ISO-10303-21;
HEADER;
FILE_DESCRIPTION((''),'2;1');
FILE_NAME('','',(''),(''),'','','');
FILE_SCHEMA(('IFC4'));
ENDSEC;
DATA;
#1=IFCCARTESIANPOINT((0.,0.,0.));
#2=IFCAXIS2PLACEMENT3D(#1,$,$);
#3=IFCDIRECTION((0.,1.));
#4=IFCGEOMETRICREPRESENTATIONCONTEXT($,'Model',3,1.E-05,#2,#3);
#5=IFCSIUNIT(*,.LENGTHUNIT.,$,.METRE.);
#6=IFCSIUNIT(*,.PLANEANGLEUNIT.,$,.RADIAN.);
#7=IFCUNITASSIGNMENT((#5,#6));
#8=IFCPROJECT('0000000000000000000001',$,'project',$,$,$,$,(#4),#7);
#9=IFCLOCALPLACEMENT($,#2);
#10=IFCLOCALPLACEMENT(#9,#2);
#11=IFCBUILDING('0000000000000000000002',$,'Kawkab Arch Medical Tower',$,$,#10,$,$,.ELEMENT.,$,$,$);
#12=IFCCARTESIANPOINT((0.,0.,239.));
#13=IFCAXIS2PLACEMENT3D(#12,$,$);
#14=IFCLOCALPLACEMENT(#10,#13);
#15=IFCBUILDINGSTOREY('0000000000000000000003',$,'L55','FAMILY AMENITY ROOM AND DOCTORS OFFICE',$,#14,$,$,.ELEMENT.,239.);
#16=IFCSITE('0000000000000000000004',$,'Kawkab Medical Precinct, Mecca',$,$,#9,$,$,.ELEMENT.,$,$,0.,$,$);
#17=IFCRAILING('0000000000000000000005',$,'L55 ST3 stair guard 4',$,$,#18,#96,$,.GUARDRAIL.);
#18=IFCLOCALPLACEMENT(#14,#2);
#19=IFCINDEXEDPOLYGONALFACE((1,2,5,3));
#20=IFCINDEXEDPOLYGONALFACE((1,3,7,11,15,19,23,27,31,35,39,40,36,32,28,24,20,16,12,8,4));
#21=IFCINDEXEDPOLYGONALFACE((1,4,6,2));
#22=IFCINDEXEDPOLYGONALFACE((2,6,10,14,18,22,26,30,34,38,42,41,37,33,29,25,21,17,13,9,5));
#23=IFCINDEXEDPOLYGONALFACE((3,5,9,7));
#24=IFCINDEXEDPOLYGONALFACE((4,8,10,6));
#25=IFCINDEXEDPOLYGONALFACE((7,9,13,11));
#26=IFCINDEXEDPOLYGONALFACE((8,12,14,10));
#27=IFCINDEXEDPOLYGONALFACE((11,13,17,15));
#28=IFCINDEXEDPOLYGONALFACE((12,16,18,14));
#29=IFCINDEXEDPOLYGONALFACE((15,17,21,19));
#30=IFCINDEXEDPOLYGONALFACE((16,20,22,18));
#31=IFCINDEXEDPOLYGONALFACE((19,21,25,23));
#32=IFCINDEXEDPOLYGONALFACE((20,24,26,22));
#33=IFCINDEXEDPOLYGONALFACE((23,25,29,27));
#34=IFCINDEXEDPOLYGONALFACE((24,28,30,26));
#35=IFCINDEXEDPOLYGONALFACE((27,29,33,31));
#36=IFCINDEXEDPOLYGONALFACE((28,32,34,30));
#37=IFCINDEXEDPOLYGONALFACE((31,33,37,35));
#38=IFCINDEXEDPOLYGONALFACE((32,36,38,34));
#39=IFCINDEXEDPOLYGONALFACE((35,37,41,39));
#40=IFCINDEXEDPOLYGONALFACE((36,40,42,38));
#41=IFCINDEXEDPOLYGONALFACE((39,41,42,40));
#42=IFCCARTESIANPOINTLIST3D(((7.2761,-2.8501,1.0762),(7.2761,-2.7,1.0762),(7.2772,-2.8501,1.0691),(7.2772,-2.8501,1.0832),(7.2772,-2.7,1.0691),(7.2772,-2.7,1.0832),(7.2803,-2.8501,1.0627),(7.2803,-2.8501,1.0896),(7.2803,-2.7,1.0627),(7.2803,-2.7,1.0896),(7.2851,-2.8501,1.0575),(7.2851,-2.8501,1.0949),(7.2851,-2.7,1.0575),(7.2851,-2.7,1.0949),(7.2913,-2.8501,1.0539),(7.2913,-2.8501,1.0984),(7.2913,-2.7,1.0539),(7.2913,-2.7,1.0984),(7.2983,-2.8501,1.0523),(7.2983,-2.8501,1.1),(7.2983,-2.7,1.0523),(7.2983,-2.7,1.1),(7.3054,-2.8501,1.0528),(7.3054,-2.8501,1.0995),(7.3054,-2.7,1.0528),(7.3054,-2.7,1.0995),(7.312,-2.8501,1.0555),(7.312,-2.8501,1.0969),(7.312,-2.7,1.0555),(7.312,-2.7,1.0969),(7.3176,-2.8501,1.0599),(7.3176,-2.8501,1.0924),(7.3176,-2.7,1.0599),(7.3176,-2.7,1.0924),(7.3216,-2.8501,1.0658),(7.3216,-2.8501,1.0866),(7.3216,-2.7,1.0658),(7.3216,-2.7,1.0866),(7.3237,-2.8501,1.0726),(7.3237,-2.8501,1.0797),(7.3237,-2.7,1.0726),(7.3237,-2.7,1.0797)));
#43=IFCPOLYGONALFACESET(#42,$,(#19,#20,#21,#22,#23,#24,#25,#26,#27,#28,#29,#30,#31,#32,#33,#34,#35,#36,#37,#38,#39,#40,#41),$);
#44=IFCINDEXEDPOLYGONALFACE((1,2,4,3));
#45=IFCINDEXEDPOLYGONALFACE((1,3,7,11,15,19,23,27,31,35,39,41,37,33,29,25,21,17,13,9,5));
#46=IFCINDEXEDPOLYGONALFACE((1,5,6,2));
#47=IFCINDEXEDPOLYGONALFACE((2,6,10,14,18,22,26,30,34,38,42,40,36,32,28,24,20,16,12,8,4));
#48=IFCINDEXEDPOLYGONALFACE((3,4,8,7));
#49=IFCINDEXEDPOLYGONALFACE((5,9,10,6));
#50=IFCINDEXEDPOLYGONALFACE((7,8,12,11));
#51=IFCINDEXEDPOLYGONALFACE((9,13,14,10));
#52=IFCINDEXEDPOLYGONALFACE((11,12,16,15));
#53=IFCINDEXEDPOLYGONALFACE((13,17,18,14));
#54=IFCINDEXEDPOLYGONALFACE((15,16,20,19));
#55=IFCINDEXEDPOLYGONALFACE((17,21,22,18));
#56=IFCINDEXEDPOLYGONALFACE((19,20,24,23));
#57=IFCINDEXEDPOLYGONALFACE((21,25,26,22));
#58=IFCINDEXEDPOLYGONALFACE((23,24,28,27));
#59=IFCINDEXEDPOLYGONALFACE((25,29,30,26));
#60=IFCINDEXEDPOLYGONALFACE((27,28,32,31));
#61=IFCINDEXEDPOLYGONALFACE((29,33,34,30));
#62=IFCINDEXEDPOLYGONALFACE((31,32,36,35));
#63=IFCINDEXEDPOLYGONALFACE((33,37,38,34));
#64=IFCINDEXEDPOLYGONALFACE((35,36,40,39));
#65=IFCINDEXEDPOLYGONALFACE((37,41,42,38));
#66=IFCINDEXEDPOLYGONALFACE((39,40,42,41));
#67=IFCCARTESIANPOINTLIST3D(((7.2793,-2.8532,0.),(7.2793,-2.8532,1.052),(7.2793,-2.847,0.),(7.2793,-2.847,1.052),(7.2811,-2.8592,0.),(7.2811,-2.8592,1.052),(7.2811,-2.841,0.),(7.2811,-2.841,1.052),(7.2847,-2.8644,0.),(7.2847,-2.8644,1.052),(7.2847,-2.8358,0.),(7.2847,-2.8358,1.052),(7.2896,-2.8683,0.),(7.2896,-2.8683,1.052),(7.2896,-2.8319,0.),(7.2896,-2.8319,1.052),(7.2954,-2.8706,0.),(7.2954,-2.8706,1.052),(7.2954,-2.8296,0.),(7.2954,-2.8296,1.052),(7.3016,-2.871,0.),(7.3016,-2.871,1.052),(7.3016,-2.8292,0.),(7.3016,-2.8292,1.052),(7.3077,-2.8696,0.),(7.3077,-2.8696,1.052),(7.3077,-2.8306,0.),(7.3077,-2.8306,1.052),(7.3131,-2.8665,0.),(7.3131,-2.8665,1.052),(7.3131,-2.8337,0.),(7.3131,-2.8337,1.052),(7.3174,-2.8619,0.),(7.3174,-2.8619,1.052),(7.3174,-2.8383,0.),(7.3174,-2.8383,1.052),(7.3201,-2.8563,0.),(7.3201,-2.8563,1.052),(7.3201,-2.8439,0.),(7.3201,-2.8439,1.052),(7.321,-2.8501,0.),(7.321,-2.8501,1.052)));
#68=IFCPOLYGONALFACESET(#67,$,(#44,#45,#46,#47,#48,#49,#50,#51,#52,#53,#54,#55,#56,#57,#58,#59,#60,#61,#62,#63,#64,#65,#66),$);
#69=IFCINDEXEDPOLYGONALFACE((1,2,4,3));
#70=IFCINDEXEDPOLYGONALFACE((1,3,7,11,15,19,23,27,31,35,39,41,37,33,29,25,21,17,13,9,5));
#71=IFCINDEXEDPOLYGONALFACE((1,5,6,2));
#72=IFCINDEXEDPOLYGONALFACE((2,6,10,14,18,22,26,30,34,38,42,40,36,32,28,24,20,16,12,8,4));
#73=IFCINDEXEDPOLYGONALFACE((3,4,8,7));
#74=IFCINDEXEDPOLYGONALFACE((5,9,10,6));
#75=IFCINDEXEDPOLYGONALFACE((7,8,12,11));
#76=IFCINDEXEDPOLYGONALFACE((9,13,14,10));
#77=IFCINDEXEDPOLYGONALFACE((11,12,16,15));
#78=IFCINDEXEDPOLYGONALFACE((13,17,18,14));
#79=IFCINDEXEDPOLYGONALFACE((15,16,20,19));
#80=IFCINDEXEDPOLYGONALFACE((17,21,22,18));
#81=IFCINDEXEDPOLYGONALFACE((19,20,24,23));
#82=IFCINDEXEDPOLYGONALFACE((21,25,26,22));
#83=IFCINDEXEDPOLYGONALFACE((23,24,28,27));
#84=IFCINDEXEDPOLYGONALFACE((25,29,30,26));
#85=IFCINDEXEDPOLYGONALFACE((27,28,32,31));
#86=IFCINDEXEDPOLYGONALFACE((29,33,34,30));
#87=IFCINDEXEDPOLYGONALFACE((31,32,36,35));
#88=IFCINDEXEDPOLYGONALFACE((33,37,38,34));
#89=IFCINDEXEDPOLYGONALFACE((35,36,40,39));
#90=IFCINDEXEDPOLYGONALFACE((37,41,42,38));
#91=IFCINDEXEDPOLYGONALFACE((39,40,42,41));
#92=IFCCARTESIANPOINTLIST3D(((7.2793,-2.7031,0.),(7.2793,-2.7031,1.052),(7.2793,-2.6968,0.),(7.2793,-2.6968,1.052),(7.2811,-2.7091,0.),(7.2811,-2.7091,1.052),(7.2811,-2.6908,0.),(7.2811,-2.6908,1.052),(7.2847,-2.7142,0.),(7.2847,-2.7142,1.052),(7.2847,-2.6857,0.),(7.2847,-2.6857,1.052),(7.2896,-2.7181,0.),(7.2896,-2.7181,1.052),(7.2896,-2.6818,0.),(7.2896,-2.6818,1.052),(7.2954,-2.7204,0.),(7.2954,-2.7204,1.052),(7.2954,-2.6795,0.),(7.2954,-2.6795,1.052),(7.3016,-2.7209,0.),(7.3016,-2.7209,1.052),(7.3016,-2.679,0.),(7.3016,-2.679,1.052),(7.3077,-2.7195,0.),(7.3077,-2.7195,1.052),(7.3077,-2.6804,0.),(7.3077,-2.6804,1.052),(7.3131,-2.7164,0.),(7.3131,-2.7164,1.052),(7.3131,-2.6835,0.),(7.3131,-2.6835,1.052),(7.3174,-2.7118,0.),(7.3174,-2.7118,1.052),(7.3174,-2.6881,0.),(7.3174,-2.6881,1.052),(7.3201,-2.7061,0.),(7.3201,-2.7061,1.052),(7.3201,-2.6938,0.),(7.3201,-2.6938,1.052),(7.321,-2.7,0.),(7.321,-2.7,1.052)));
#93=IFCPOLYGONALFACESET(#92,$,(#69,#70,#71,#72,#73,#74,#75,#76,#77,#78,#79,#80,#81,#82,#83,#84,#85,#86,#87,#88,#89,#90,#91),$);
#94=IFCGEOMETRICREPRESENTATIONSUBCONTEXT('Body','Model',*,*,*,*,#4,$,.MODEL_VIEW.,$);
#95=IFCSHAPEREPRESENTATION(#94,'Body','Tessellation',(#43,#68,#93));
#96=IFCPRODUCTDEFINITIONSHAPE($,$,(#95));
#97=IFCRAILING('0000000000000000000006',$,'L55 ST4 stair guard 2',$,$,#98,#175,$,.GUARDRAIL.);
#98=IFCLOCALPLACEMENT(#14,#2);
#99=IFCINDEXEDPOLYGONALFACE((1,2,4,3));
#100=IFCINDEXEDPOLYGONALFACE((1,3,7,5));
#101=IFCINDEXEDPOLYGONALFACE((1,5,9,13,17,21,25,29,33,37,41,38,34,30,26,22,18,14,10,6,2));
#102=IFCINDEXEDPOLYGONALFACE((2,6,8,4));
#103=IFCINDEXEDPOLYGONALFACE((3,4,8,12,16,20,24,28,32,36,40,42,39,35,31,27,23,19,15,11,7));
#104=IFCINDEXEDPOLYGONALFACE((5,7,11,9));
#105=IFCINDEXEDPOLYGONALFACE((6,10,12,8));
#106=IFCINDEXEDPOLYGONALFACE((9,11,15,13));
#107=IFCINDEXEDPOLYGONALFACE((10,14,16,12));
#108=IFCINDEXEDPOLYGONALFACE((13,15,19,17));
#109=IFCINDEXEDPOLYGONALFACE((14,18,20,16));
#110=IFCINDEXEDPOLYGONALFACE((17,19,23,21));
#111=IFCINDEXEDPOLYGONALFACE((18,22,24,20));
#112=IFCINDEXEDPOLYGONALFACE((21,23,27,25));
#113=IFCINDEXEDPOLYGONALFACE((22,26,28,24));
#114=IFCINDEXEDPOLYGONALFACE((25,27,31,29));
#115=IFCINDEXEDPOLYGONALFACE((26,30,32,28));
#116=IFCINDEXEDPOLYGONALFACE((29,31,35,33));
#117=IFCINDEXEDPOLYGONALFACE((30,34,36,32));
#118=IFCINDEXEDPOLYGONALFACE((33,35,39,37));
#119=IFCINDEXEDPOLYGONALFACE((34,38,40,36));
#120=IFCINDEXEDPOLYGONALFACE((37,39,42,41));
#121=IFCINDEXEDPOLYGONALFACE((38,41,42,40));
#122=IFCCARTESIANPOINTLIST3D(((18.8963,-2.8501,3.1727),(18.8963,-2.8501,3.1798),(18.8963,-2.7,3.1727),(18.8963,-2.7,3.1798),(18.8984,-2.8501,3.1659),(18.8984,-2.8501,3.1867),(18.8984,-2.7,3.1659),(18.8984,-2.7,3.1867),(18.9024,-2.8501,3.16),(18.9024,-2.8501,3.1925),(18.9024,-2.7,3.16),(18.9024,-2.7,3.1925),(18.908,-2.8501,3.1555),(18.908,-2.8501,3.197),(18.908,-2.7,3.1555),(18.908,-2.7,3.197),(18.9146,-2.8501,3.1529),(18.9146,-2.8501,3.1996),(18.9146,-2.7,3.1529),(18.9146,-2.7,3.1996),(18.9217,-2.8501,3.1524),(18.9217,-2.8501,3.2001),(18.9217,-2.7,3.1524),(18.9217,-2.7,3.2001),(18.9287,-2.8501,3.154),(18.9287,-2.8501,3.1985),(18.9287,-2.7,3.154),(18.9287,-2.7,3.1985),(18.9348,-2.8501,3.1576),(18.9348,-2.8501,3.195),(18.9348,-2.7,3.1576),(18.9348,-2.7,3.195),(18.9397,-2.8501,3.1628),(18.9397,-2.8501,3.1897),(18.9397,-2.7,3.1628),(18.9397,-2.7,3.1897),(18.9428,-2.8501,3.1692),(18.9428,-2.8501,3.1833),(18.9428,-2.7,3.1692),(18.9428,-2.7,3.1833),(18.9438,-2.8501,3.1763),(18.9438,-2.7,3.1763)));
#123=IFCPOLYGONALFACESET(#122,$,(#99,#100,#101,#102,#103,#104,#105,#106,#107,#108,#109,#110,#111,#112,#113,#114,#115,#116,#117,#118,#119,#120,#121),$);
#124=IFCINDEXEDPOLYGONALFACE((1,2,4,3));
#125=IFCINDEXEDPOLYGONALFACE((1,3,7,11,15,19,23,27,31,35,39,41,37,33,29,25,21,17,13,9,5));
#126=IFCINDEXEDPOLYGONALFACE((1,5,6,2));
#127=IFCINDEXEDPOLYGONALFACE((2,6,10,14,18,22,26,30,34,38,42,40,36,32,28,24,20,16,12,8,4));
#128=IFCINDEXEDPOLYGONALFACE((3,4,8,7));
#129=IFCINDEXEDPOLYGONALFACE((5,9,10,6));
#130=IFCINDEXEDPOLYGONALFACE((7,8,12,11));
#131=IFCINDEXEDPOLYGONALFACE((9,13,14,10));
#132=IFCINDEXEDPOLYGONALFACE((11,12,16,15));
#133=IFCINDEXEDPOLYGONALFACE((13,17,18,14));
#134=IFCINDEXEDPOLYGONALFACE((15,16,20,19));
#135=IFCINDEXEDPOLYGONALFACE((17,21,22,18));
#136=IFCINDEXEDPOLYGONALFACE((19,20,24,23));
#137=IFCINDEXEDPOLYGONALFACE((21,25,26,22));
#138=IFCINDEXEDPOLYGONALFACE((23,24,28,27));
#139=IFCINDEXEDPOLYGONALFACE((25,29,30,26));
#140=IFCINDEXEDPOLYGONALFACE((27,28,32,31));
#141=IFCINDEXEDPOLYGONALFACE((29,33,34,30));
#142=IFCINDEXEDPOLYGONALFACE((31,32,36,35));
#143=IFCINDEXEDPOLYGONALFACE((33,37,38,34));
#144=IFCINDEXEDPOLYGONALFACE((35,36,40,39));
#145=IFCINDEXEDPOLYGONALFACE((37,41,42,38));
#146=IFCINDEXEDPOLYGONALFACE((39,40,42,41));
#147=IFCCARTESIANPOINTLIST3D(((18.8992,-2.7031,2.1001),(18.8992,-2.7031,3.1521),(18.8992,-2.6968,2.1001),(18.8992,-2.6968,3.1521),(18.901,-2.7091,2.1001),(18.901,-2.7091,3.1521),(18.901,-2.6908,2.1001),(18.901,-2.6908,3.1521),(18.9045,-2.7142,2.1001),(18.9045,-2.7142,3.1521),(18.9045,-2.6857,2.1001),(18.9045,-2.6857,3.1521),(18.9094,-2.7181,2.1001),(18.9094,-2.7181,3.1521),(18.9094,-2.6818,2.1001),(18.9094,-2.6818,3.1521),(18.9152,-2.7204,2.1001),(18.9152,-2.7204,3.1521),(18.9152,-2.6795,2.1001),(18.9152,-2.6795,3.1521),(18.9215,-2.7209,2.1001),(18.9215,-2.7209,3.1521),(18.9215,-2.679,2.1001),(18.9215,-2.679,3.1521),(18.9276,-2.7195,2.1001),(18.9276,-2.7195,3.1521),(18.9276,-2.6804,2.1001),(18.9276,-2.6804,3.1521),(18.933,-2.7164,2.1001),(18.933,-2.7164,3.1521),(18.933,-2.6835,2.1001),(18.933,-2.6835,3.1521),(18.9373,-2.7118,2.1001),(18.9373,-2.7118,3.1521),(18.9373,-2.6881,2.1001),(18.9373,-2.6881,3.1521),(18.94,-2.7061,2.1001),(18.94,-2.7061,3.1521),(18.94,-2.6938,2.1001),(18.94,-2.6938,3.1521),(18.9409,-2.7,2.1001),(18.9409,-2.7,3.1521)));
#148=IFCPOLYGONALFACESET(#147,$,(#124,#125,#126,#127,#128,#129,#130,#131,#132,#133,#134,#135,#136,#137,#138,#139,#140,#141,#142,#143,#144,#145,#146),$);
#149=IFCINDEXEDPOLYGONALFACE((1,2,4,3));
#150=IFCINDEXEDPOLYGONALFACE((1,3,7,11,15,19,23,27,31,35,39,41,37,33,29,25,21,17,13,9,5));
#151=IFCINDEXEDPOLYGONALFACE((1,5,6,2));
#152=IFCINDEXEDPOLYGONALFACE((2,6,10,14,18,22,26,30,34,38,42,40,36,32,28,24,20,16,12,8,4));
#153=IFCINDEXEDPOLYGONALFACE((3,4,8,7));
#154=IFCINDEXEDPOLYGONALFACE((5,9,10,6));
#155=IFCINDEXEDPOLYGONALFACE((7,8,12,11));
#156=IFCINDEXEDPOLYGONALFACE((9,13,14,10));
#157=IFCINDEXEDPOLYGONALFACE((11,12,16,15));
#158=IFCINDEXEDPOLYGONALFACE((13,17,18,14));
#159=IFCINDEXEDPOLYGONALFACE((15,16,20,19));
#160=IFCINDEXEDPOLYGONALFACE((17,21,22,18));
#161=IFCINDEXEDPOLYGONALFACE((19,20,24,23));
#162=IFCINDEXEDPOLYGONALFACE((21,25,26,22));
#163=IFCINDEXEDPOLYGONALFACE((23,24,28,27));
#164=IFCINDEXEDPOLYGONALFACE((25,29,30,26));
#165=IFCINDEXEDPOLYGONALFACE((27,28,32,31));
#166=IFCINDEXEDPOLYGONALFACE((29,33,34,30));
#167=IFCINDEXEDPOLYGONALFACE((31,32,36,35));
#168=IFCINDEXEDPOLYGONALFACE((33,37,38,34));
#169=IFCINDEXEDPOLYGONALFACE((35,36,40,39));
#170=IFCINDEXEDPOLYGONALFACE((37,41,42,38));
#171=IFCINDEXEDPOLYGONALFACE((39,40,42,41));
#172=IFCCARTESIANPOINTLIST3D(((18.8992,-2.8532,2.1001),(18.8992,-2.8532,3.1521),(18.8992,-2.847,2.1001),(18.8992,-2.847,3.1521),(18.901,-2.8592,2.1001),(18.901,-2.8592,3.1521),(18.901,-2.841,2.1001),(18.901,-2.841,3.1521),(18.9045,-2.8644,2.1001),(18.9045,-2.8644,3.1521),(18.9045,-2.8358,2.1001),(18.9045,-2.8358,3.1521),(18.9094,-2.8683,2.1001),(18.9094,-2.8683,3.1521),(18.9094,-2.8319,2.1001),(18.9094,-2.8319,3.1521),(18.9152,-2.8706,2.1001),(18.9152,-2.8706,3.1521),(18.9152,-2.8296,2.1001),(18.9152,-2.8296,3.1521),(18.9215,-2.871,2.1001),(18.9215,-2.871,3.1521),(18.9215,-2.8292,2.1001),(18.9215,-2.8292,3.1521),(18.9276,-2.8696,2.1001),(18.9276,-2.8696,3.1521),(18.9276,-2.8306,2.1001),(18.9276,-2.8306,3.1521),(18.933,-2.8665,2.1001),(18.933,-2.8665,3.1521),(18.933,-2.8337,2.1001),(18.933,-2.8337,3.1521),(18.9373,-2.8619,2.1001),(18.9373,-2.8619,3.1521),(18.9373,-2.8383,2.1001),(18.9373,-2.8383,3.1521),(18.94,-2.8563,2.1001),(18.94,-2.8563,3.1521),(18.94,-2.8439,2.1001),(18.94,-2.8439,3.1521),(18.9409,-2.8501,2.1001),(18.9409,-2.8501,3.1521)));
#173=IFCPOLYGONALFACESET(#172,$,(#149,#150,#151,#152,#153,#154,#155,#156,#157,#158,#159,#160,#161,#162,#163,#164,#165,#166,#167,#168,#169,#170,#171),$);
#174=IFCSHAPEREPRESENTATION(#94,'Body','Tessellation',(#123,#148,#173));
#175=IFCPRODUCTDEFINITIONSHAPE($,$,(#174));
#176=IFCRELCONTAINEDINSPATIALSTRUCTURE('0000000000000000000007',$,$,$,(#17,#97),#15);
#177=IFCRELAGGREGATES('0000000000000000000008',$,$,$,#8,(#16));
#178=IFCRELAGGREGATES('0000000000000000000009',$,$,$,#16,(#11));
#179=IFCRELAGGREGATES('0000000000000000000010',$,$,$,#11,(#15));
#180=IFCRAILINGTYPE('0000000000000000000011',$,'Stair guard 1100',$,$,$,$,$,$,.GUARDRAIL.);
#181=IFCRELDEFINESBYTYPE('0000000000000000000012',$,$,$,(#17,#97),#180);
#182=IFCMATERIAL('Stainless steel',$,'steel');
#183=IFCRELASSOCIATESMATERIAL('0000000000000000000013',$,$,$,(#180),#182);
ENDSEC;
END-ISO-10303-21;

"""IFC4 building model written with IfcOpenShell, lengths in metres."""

from ifc_helpers import new_model, si_unit, direction, frame, origin, origin_2d, place, context, subcontext, project, spatial, circle, extrude, material, type_object, element, save


model = new_model("IFC4")

# Units and contexts
model_context = context("Model", 3, precision=1e-05, world=origin(), true_north=direction((0.0, 1.0)))
body_context = subcontext(model_context, "Body", "Model", "MODEL_VIEW")
ifc_project = project(units=[si_unit("LENGTHUNIT", "METRE"), si_unit("PLANEANGLEUNIT", "RADIAN")], contexts=[model_context])

# Site, building, storey
site_placement = place(None, origin())
site = spatial("IfcSite", under=ifc_project, at=site_placement, Name="Kawkab Medical Precinct, Mecca", CompositionType="ELEMENT", RefElevation=0.0)
building_placement = place(site_placement, origin())
building = spatial("IfcBuilding", under=site, at=building_placement, Name="Kawkab Arch Medical Tower", CompositionType="ELEMENT")
storey_placement = place(building_placement, frame((0.0, 0.0, 239.0)))
storey = spatial("IfcBuildingStorey", under=building, at=storey_placement, Name="L55", Description="FAMILY AMENITY ROOM AND DOCTORS OFFICE", CompositionType="ELEMENT", Elevation=239.0)

# Railings
ifc_material_1 = material(Name="Stainless steel", Category="steel")
railing_type_1 = type_object("IfcRailingType", Name="Stair guard 1100", PredefinedType="GUARDRAIL", material=ifc_material_1)
railing_1_placement = place(storey_placement, frame((7.3, -2.8501, 0.0)))
element("IfcRailing", 1, at=railing_1_placement, inside=storey, type_object=railing_type_1, Name="L55 ST3 stair guard 4", PredefinedType="GUARDRAIL", context=body_context, shape_type="SweptSolid", body=[
    extrude(circle(Radius=0.0239, at=origin_2d()), frame((0.0, 0.0, 1.0762), z_axis=(0.0, 1.0, 0.0), x_axis=(-1.0, 0.0, 0.0)), (0.0, 0.0, 1.0), 0.1501),
    extrude(circle(Radius=0.021, at=origin_2d()), origin(), (0.0, 0.0, 1.0), 1.052),
    extrude(circle(Radius=0.021, at=origin_2d()), frame((0.0, 0.1501, 0.0)), (0.0, 0.0, 1.0), 1.052),
])
railing_2_placement = place(storey_placement, frame((18.9199, -2.7, 2.1001)))
element("IfcRailing", 2, at=railing_2_placement, inside=storey, type_object=railing_type_1, Name="L55 ST4 stair guard 2", PredefinedType="GUARDRAIL", context=body_context, shape_type="SweptSolid", body=[
    extrude(circle(Radius=0.0239, at=origin_2d()), frame((0.0, 0.0, 1.0762), z_axis=(0.0, -1.0, 0.0), x_axis=(1.0, 0.0, 0.0)), (0.0, 0.0, 1.0), 0.1501),
    extrude(circle(Radius=0.021, at=origin_2d()), origin(), (0.0, 0.0, 1.0), 1.052),
    extrude(circle(Radius=0.021, at=origin_2d()), frame((0.0, -0.1501, 0.0)), (0.0, 0.0, 1.0), 1.052),
])

save(model, "model.ifc")
